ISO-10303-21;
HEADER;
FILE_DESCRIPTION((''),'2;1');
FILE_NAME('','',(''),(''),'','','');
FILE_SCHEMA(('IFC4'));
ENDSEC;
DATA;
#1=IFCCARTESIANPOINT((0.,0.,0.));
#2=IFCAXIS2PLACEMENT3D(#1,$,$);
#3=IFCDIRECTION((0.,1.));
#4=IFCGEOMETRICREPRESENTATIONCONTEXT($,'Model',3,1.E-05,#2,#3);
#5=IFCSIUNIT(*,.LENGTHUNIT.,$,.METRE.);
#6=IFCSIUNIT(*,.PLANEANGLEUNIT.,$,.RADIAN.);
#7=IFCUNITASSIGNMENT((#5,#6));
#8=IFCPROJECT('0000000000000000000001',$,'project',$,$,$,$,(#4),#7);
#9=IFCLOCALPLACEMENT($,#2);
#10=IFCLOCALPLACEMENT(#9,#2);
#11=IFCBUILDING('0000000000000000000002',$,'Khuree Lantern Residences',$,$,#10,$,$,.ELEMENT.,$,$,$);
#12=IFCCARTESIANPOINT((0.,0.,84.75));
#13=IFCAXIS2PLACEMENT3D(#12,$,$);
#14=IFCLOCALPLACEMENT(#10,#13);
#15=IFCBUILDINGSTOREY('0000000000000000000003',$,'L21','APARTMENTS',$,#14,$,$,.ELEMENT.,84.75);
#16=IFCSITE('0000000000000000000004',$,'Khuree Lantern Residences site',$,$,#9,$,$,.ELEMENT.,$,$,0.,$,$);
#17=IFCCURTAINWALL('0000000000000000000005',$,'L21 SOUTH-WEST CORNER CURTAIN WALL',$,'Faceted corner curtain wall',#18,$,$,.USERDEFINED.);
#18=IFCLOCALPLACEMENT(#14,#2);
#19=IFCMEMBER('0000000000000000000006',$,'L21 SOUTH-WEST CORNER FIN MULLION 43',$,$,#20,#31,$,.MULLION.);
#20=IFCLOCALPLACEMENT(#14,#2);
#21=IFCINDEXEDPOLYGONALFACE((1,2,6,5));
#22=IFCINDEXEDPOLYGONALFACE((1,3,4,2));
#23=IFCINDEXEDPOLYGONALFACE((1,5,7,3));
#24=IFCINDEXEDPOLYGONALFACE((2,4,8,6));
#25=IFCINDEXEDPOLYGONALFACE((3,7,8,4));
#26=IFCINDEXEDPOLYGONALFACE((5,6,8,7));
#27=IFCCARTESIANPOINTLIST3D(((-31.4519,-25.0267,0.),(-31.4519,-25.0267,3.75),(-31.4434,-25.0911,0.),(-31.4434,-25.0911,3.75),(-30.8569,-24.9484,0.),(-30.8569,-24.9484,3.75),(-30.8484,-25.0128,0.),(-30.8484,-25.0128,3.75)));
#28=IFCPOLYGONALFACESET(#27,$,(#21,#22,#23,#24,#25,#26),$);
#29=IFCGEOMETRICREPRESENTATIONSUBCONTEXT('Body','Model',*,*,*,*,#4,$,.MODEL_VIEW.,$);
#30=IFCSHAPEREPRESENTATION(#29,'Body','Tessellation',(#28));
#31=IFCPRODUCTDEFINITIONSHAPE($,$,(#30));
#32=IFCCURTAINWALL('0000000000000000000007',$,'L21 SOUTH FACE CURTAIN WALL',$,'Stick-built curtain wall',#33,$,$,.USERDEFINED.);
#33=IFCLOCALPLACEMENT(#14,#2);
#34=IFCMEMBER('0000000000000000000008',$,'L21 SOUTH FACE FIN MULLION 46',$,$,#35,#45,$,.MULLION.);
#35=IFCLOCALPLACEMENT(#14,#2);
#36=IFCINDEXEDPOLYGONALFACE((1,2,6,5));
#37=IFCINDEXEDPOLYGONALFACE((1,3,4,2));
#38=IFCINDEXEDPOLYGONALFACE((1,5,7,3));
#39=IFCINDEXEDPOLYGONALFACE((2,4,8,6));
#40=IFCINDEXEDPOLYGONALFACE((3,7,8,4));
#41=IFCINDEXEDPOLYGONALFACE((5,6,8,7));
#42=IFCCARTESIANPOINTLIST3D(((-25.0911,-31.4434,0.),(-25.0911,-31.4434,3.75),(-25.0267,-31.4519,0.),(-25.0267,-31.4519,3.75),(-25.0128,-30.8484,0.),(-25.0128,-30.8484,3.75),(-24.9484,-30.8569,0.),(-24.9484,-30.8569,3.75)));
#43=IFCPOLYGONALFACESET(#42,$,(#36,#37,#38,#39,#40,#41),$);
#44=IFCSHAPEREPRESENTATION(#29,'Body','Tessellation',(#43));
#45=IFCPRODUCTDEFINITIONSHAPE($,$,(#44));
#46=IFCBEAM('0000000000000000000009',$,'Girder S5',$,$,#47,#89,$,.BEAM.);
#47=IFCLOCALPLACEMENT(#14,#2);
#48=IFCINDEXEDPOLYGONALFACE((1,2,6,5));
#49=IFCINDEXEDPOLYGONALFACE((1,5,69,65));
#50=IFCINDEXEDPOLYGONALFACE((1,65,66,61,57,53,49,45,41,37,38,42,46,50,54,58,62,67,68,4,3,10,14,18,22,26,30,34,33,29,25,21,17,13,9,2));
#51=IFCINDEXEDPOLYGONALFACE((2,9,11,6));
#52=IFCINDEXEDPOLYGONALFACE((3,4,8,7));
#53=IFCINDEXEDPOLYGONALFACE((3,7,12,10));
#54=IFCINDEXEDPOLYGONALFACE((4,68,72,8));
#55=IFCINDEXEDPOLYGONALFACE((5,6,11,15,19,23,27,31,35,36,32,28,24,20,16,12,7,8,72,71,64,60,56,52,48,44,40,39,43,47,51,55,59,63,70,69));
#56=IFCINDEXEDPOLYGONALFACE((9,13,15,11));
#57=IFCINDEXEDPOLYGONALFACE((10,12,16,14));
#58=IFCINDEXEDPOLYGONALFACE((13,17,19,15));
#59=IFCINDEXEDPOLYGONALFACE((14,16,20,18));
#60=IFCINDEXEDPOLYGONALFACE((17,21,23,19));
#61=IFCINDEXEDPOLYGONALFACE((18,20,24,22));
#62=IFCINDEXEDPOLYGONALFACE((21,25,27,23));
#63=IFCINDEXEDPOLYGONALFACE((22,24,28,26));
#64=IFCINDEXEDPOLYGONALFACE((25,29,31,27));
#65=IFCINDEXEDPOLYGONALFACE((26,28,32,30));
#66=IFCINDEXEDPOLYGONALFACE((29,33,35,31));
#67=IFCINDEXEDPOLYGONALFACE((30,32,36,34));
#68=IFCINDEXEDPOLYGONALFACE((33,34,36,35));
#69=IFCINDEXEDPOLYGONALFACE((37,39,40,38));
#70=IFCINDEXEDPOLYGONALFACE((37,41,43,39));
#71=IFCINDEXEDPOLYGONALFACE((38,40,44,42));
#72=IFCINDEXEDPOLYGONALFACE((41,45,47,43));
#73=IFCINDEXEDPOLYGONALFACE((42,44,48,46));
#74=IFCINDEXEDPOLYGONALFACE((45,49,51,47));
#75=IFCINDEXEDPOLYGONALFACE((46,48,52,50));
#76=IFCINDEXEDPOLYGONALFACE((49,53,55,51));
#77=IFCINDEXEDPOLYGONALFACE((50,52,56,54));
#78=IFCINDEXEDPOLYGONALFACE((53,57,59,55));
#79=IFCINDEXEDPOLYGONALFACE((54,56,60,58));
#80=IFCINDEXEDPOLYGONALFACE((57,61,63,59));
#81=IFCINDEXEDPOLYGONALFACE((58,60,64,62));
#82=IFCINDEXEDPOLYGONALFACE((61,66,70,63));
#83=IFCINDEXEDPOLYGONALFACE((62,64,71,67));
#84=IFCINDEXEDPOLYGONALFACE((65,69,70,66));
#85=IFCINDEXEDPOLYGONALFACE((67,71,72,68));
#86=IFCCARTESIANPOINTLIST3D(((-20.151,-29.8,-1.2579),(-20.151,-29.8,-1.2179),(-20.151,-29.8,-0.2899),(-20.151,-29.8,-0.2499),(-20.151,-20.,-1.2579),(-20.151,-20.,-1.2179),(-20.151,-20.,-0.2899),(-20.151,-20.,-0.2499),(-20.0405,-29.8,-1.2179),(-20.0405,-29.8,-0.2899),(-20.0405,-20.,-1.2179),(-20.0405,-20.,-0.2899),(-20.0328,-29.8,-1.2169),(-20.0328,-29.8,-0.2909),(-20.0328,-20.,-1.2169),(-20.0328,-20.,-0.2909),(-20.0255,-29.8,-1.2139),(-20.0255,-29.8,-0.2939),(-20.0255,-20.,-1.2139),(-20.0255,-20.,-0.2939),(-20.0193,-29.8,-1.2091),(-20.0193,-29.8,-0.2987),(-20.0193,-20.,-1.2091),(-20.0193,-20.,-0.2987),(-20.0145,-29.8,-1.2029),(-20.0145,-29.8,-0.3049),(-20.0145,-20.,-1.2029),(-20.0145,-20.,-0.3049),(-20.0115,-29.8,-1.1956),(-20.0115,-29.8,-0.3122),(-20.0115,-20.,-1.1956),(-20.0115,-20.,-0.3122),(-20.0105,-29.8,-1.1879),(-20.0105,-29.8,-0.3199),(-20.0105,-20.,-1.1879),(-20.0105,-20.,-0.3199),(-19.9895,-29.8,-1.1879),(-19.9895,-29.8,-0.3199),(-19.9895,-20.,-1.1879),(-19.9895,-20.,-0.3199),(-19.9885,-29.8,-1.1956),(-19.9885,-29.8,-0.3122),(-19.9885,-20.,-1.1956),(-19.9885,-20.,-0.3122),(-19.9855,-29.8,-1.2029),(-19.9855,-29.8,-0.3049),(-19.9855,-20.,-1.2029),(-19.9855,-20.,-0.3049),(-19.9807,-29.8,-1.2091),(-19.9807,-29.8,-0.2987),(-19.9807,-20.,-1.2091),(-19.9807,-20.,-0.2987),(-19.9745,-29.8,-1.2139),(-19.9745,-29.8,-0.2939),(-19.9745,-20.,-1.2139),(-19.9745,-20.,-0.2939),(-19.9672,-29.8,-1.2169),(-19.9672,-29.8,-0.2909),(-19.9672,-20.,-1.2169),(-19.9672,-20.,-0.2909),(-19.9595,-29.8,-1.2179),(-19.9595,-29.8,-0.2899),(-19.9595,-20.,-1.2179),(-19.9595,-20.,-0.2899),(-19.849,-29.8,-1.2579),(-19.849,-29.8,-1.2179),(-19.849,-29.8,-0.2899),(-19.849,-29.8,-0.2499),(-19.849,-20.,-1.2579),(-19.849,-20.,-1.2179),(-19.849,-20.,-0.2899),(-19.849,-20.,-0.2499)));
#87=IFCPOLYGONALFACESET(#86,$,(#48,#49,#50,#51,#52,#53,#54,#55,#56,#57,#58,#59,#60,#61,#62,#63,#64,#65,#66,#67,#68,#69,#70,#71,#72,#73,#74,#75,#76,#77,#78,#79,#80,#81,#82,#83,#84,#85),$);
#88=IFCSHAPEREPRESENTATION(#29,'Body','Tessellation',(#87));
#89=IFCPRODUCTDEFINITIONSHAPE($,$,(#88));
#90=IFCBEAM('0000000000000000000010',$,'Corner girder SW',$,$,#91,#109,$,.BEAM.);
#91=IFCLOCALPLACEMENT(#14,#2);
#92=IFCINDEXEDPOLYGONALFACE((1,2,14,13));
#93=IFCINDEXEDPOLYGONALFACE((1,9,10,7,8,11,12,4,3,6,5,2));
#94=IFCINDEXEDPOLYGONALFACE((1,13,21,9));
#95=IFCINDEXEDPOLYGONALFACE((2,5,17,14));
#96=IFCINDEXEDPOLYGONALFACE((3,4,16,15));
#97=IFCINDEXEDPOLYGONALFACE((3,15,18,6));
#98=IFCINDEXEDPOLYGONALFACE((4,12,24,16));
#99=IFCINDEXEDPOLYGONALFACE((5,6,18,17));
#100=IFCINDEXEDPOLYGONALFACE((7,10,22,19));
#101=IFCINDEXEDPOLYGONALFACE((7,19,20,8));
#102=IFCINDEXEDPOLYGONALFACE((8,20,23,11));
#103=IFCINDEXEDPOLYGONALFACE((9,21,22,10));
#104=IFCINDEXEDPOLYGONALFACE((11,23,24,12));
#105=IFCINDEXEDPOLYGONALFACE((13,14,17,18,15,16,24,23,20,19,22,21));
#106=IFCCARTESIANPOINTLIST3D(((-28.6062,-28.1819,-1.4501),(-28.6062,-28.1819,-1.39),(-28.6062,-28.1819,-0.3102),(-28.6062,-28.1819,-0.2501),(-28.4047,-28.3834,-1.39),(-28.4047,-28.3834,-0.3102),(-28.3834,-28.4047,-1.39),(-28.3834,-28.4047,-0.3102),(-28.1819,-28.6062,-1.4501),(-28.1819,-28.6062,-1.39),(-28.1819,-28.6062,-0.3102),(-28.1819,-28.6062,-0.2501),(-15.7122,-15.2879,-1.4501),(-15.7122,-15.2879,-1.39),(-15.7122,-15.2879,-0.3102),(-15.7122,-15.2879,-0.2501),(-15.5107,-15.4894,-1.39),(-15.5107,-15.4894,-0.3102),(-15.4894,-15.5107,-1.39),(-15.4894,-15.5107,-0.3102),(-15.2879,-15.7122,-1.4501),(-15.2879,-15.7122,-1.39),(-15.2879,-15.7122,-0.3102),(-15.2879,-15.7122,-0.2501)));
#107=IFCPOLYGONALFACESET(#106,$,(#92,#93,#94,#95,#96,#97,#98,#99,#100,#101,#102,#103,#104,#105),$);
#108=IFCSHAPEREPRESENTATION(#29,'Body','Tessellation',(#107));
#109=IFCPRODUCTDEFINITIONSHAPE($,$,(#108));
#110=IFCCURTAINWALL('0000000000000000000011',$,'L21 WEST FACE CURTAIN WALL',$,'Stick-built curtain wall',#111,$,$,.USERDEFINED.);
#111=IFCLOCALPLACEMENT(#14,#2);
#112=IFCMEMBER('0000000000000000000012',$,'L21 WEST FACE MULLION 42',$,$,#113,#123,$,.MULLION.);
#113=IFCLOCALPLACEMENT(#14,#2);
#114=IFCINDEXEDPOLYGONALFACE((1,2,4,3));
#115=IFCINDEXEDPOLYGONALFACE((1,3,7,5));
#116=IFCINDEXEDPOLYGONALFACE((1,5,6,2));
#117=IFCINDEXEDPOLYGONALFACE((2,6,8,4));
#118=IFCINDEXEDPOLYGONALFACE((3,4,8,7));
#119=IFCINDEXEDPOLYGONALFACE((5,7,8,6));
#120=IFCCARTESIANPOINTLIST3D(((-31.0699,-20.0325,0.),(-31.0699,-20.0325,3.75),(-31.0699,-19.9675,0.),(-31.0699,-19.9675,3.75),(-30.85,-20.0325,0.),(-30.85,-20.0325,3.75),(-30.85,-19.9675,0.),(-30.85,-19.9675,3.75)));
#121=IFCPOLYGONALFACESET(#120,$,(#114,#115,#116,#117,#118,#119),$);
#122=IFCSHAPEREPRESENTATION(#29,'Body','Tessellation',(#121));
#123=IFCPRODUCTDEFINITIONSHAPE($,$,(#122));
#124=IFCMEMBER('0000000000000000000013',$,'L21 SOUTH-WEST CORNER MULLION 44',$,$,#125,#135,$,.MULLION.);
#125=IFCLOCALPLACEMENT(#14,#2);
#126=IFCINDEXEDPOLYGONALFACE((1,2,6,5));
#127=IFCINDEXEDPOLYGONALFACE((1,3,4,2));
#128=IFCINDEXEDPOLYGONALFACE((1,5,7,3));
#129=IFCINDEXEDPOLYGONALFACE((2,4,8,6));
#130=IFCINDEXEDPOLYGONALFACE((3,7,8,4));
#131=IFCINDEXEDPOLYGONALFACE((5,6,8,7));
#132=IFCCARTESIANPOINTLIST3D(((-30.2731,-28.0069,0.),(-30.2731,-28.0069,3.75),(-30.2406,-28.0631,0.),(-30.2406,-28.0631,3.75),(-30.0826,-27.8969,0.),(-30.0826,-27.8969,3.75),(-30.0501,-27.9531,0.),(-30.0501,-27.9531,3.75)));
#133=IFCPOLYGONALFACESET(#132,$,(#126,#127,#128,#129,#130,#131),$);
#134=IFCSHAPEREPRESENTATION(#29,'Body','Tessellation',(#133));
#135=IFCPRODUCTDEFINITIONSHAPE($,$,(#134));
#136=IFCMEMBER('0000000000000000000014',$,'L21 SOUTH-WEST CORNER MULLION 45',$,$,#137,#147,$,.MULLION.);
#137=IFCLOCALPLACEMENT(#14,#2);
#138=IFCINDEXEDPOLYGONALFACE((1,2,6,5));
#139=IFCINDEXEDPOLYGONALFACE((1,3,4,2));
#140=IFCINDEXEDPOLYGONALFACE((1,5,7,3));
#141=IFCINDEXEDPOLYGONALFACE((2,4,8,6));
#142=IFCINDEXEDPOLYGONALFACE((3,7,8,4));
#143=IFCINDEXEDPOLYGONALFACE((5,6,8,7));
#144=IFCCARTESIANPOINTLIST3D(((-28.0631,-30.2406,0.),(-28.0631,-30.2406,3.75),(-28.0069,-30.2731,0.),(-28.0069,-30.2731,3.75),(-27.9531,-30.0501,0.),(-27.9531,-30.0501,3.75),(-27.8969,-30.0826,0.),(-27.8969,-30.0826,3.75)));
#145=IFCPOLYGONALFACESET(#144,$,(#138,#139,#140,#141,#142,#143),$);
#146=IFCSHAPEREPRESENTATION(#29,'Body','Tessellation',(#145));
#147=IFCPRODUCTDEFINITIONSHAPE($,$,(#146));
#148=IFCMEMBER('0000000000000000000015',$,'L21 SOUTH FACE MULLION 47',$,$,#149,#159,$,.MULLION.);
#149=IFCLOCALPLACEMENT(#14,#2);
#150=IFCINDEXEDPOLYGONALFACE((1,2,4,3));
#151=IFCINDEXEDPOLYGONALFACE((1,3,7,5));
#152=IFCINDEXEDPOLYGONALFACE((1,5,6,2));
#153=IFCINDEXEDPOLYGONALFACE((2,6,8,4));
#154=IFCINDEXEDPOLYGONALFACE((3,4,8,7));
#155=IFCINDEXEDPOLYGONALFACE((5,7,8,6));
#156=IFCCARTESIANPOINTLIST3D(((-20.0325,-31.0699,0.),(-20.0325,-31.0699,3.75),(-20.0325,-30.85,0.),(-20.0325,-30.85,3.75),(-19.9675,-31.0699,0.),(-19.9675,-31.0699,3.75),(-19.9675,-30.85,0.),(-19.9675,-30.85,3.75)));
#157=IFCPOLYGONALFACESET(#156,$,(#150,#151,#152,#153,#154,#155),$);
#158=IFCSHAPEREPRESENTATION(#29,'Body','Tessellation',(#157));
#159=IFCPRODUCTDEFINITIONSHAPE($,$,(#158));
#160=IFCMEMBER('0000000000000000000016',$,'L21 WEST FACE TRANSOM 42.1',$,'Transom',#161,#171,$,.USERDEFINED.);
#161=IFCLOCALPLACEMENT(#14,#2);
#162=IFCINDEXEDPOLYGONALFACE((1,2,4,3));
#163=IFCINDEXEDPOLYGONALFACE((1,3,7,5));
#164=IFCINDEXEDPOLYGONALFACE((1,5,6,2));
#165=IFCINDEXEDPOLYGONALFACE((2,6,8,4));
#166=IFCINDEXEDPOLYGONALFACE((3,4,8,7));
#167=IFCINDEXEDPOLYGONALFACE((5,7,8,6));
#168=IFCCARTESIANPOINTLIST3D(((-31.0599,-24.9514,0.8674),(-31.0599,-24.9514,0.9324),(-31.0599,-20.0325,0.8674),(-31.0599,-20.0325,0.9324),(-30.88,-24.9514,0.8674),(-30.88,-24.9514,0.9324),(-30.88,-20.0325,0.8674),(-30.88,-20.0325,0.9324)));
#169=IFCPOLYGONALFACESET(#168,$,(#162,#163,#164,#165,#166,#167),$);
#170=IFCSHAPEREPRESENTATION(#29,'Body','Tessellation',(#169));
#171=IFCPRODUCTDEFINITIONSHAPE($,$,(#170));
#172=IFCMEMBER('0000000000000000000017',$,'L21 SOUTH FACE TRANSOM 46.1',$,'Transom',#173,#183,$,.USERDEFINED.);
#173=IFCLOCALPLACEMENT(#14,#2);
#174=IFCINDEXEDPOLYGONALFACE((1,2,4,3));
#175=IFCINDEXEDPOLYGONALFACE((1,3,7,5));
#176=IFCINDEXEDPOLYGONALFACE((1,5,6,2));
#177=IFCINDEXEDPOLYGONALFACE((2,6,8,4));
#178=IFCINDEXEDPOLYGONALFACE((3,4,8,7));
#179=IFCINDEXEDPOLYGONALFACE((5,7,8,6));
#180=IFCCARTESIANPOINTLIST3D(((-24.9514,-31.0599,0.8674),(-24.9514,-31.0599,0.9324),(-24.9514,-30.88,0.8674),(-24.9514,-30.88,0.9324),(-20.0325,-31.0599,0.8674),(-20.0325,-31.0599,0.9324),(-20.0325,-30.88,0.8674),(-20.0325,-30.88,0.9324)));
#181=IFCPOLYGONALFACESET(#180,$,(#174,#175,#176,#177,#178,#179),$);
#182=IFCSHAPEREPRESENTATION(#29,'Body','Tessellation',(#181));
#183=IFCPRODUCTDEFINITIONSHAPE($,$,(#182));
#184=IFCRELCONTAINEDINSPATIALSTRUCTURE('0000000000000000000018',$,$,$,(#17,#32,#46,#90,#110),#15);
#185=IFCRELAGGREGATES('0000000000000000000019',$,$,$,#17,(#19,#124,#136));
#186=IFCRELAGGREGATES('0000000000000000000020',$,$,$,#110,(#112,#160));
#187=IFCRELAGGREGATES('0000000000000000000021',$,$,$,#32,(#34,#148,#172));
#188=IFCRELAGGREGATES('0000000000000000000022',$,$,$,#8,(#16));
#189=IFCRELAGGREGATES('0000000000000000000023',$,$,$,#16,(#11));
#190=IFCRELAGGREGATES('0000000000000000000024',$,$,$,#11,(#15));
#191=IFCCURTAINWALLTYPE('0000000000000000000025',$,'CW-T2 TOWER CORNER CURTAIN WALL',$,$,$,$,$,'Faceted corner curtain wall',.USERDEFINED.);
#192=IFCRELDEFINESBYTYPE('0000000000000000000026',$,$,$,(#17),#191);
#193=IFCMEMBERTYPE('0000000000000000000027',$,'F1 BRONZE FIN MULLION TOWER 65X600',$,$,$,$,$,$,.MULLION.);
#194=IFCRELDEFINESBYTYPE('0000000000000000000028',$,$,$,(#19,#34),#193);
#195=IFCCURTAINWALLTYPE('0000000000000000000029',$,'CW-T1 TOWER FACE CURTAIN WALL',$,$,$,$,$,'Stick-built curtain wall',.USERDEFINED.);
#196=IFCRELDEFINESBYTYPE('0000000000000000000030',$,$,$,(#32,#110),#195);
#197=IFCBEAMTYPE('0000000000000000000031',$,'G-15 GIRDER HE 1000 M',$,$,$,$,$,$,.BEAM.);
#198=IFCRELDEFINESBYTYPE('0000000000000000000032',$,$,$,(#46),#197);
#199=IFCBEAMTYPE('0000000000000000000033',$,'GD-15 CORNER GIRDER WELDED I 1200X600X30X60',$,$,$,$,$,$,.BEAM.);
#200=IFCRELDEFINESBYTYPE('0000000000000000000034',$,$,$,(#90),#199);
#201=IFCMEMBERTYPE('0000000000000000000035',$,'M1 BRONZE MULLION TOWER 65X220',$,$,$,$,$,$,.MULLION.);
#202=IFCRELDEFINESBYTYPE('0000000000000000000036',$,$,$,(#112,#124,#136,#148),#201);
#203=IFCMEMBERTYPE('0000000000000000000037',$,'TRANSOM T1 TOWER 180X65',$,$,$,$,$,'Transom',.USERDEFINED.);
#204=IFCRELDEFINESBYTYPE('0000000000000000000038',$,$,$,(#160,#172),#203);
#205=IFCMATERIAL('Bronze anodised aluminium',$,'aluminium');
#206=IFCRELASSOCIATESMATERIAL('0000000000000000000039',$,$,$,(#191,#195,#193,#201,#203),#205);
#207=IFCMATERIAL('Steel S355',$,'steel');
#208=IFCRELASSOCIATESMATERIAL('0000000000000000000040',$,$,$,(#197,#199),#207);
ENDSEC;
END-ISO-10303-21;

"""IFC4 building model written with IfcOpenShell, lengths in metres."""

from ifc_helpers import new_model, si_unit, direction, frame, origin, origin_2d, place, context, subcontext, project, spatial, rectangle, i_section, extrude, material, material_profile, profile_set, type_object, element, aggregate, save


model = new_model("IFC4")

# Units and contexts
model_context = context("Model", 3, precision=1e-05, world=origin(), true_north=direction((0.0, 1.0)))
body_context = subcontext(model_context, "Body", "Model", "MODEL_VIEW")
ifc_project = project(units=[si_unit("LENGTHUNIT", "METRE"), si_unit("PLANEANGLEUNIT", "RADIAN")], contexts=[model_context])

# Site, building, storey
site_placement = place(None, origin())
site = spatial("IfcSite", under=ifc_project, at=site_placement, Name="Khuree Lantern Residences site", CompositionType="ELEMENT", RefElevation=0.0)
building_placement = place(site_placement, origin())
building = spatial("IfcBuilding", under=site, at=building_placement, Name="Khuree Lantern Residences", CompositionType="ELEMENT")
storey_placement = place(building_placement, frame((0.0, 0.0, 84.75)))
storey = spatial("IfcBuildingStorey", under=building, at=storey_placement, Name="L21", Description="APARTMENTS", CompositionType="ELEMENT", Elevation=84.75)

# Shared definitions
ifc_material_1 = material(Name="Steel S355", Category="steel")

# Curtain walls, members
ifc_material_2 = material(Name="Bronze anodised aluminium", Category="aluminium")
curtain_wall_type_1 = type_object("IfcCurtainWallType", Name="CW-T2 TOWER CORNER CURTAIN WALL", ElementType="Faceted corner curtain wall", PredefinedType="USERDEFINED", material=ifc_material_2)
curtain_wall_1_placement = place(storey_placement, origin())
curtain_wall_1 = element("IfcCurtainWall", 1, at=curtain_wall_1_placement, inside=storey, type_object=curtain_wall_type_1, Name="L21 SOUTH-WEST CORNER CURTAIN WALL", ObjectType="Faceted corner curtain wall", PredefinedType="USERDEFINED")
ifc_material_profile_1 = material_profile(ifc_material_2, rectangle(XDim=0.0649, YDim=0.6001, at=origin_2d()), Name="F1 65X600")
ifc_profile_set_1 = profile_set([ifc_material_profile_1], Name="Bronze anodised aluminium")
member_type_1 = type_object("IfcMemberType", Name="F1 BRONZE FIN MULLION TOWER 65X600", PredefinedType="MULLION", material=ifc_profile_set_1)
member_1_placement = place(storey_placement, frame((-31.1501, -25.0198, 0.0), z_axis=(0.0, 0.0, 1.0), x_axis=(0.130526, -0.991445, 0.0)))
member_1 = element("IfcMember", 2, at=member_1_placement, type_object=member_type_1, Name="L21 SOUTH-WEST CORNER FIN MULLION 43", PredefinedType="MULLION", context=body_context, shape_type="SweptSolid", body=[
    extrude(rectangle(XDim=0.0649, YDim=0.6001, at=origin_2d()), origin(), (0.0, 0.0, 1.0), 3.75),
])
curtain_wall_type_2 = type_object("IfcCurtainWallType", Name="CW-T1 TOWER FACE CURTAIN WALL", ElementType="Stick-built curtain wall", PredefinedType="USERDEFINED", material=ifc_material_2)
curtain_wall_2_placement = place(storey_placement, origin())
curtain_wall_2 = element("IfcCurtainWall", 3, at=curtain_wall_2_placement, inside=storey, type_object=curtain_wall_type_2, Name="L21 SOUTH FACE CURTAIN WALL", ObjectType="Stick-built curtain wall", PredefinedType="USERDEFINED")
member_2_placement = place(storey_placement, frame((-25.0198, -31.1501, 0.0), z_axis=(0.0, 0.0, 1.0), x_axis=(0.991445, -0.130526, 0.0)))
member_2 = element("IfcMember", 4, at=member_2_placement, type_object=member_type_1, Name="L21 SOUTH FACE FIN MULLION 46", PredefinedType="MULLION", context=body_context, shape_type="SweptSolid", body=[
    extrude(rectangle(XDim=0.0649, YDim=0.6001, at=origin_2d()), origin(), (0.0, 0.0, 1.0), 3.75),
])

# Beams
ifc_material_profile_2 = material_profile(ifc_material_1, i_section(OverallWidth=0.302, OverallDepth=1.0081, WebThickness=0.021, FlangeThickness=0.04, FilletRadius=0.03, at=origin_2d()), Name="HE 1000 M")
ifc_profile_set_2 = profile_set([ifc_material_profile_2], Name="Steel S355")
beam_type_1 = type_object("IfcBeamType", Name="G-15 GIRDER HE 1000 M", PredefinedType="BEAM", material=ifc_profile_set_2)
beam_1_placement = place(storey_placement, frame((-20.0, -29.8, -0.7539), z_axis=(0.0, 1.0, 0.0), x_axis=(-1.0, 0.0, 0.0)))
element("IfcBeam", 5, at=beam_1_placement, inside=storey, type_object=beam_type_1, Name="Girder S5", PredefinedType="BEAM", context=body_context, shape_type="SweptSolid", body=[
    extrude(i_section(OverallWidth=0.302, OverallDepth=1.0081, WebThickness=0.021, FlangeThickness=0.04, FilletRadius=0.03, at=origin_2d()), origin(), (0.0, 0.0, 1.0), 9.8),
])
ifc_material_profile_3 = material_profile(ifc_material_1, i_section(OverallWidth=0.6001, OverallDepth=1.2, WebThickness=0.03, FlangeThickness=0.0601, at=origin_2d()), Name="WELDED I 1200X600X30X60")
ifc_profile_set_3 = profile_set([ifc_material_profile_3], Name="Steel S355")
beam_type_2 = type_object("IfcBeamType", Name="GD-15 CORNER GIRDER WELDED I 1200X600X30X60", PredefinedType="BEAM", material=ifc_profile_set_3)
beam_2_placement = place(storey_placement, frame((-28.394, -28.394, -0.8501), z_axis=(0.707107, 0.707107, 0.0), x_axis=(-0.707107, 0.707107, 0.0)))
element("IfcBeam", 6, at=beam_2_placement, inside=storey, type_object=beam_type_2, Name="Corner girder SW", PredefinedType="BEAM", context=body_context, shape_type="SweptSolid", body=[
    extrude(i_section(OverallWidth=0.6001, OverallDepth=1.2, WebThickness=0.03, FlangeThickness=0.0601, at=origin_2d()), origin(), (0.0, 0.0, 1.0), 18.2349),
])

# Curtain wall, member
curtain_wall_3_placement = place(storey_placement, origin())
curtain_wall_3 = element("IfcCurtainWall", 7, at=curtain_wall_3_placement, inside=storey, type_object=curtain_wall_type_2, Name="L21 WEST FACE CURTAIN WALL", ObjectType="Stick-built curtain wall", PredefinedType="USERDEFINED")
ifc_material_profile_4 = material_profile(ifc_material_2, rectangle(XDim=0.0649, YDim=0.22, at=origin_2d()), Name="M1 65X220")
ifc_profile_set_4 = profile_set([ifc_material_profile_4], Name="Bronze anodised aluminium")
member_type_2 = type_object("IfcMemberType", Name="M1 BRONZE MULLION TOWER 65X220", PredefinedType="MULLION", material=ifc_profile_set_4)
member_3_placement = place(storey_placement, frame((-30.96, -20.0, 0.0), z_axis=(0.0, 0.0, 1.0), x_axis=(0.0, -1.0, 0.0)))
member_3 = element("IfcMember", 8, at=member_3_placement, type_object=member_type_2, Name="L21 WEST FACE MULLION 42", PredefinedType="MULLION", context=body_context, shape_type="SweptSolid", body=[
    extrude(rectangle(XDim=0.0649, YDim=0.22, at=origin_2d()), origin(), (0.0, 0.0, 1.0), 3.75),
])

# Members
member_4_placement = place(storey_placement, frame((-30.1616, -27.98, 0.0), z_axis=(0.0, 0.0, 1.0), x_axis=(0.5, -0.866025, 0.0)))
member_4 = element("IfcMember", 9, at=member_4_placement, type_object=member_type_2, Name="L21 SOUTH-WEST CORNER MULLION 44", PredefinedType="MULLION", context=body_context, shape_type="SweptSolid", body=[
    extrude(rectangle(XDim=0.0649, YDim=0.22, at=origin_2d()), origin(), (0.0, 0.0, 1.0), 3.75),
])
member_5_placement = place(storey_placement, frame((-27.98, -30.1616, 0.0), z_axis=(0.0, 0.0, 1.0), x_axis=(0.866025, -0.5, 0.0)))
member_5 = element("IfcMember", 10, at=member_5_placement, type_object=member_type_2, Name="L21 SOUTH-WEST CORNER MULLION 45", PredefinedType="MULLION", context=body_context, shape_type="SweptSolid", body=[
    extrude(rectangle(XDim=0.0649, YDim=0.22, at=origin_2d()), origin(), (0.0, 0.0, 1.0), 3.75),
])
member_6_placement = place(storey_placement, frame((-20.0, -30.96, 0.0), z_axis=(0.0, 0.0, 1.0), x_axis=(1.0, 0.0, 0.0)))
member_6 = element("IfcMember", 11, at=member_6_placement, type_object=member_type_2, Name="L21 SOUTH FACE MULLION 47", PredefinedType="MULLION", context=body_context, shape_type="SweptSolid", body=[
    extrude(rectangle(XDim=0.0649, YDim=0.22, at=origin_2d()), origin(), (0.0, 0.0, 1.0), 3.75),
])
ifc_material_profile_5 = material_profile(ifc_material_2, rectangle(XDim=0.1799, YDim=0.0649, at=origin_2d()), Name="T1 180X65")
ifc_profile_set_5 = profile_set([ifc_material_profile_5], Name="Bronze anodised aluminium")
member_type_3 = type_object("IfcMemberType", Name="TRANSOM T1 TOWER 180X65", ElementType="Transom", PredefinedType="USERDEFINED", material=ifc_profile_set_5)
member_7_placement = place(storey_placement, frame((-30.97, -20.0325, 0.8999), z_axis=(0.0, -1.0, 0.0), x_axis=(1.0, 0.0, 0.0)))
member_7 = element("IfcMember", 12, at=member_7_placement, type_object=member_type_3, Name="L21 WEST FACE TRANSOM 42.1", ObjectType="Transom", PredefinedType="USERDEFINED", context=body_context, shape_type="SweptSolid", body=[
    extrude(rectangle(XDim=0.1799, YDim=0.0649, at=origin_2d()), origin(), (0.0, 0.0, 1.0), 4.9189),
])
member_8_placement = place(storey_placement, frame((-24.9514, -30.97, 0.8999), z_axis=(1.0, 0.0, 0.0), x_axis=(0.0, 1.0, 0.0)))
member_8 = element("IfcMember", 13, at=member_8_placement, type_object=member_type_3, Name="L21 SOUTH FACE TRANSOM 46.1", ObjectType="Transom", PredefinedType="USERDEFINED", context=body_context, shape_type="SweptSolid", body=[
    extrude(rectangle(XDim=0.1799, YDim=0.0649, at=origin_2d()), origin(), (0.0, 0.0, 1.0), 4.9189),
])

aggregate(curtain_wall_1, [member_1, member_4, member_5])
aggregate(curtain_wall_3, [member_3, member_7])
aggregate(curtain_wall_2, [member_2, member_6, member_8])

save(model, "model.ifc")
